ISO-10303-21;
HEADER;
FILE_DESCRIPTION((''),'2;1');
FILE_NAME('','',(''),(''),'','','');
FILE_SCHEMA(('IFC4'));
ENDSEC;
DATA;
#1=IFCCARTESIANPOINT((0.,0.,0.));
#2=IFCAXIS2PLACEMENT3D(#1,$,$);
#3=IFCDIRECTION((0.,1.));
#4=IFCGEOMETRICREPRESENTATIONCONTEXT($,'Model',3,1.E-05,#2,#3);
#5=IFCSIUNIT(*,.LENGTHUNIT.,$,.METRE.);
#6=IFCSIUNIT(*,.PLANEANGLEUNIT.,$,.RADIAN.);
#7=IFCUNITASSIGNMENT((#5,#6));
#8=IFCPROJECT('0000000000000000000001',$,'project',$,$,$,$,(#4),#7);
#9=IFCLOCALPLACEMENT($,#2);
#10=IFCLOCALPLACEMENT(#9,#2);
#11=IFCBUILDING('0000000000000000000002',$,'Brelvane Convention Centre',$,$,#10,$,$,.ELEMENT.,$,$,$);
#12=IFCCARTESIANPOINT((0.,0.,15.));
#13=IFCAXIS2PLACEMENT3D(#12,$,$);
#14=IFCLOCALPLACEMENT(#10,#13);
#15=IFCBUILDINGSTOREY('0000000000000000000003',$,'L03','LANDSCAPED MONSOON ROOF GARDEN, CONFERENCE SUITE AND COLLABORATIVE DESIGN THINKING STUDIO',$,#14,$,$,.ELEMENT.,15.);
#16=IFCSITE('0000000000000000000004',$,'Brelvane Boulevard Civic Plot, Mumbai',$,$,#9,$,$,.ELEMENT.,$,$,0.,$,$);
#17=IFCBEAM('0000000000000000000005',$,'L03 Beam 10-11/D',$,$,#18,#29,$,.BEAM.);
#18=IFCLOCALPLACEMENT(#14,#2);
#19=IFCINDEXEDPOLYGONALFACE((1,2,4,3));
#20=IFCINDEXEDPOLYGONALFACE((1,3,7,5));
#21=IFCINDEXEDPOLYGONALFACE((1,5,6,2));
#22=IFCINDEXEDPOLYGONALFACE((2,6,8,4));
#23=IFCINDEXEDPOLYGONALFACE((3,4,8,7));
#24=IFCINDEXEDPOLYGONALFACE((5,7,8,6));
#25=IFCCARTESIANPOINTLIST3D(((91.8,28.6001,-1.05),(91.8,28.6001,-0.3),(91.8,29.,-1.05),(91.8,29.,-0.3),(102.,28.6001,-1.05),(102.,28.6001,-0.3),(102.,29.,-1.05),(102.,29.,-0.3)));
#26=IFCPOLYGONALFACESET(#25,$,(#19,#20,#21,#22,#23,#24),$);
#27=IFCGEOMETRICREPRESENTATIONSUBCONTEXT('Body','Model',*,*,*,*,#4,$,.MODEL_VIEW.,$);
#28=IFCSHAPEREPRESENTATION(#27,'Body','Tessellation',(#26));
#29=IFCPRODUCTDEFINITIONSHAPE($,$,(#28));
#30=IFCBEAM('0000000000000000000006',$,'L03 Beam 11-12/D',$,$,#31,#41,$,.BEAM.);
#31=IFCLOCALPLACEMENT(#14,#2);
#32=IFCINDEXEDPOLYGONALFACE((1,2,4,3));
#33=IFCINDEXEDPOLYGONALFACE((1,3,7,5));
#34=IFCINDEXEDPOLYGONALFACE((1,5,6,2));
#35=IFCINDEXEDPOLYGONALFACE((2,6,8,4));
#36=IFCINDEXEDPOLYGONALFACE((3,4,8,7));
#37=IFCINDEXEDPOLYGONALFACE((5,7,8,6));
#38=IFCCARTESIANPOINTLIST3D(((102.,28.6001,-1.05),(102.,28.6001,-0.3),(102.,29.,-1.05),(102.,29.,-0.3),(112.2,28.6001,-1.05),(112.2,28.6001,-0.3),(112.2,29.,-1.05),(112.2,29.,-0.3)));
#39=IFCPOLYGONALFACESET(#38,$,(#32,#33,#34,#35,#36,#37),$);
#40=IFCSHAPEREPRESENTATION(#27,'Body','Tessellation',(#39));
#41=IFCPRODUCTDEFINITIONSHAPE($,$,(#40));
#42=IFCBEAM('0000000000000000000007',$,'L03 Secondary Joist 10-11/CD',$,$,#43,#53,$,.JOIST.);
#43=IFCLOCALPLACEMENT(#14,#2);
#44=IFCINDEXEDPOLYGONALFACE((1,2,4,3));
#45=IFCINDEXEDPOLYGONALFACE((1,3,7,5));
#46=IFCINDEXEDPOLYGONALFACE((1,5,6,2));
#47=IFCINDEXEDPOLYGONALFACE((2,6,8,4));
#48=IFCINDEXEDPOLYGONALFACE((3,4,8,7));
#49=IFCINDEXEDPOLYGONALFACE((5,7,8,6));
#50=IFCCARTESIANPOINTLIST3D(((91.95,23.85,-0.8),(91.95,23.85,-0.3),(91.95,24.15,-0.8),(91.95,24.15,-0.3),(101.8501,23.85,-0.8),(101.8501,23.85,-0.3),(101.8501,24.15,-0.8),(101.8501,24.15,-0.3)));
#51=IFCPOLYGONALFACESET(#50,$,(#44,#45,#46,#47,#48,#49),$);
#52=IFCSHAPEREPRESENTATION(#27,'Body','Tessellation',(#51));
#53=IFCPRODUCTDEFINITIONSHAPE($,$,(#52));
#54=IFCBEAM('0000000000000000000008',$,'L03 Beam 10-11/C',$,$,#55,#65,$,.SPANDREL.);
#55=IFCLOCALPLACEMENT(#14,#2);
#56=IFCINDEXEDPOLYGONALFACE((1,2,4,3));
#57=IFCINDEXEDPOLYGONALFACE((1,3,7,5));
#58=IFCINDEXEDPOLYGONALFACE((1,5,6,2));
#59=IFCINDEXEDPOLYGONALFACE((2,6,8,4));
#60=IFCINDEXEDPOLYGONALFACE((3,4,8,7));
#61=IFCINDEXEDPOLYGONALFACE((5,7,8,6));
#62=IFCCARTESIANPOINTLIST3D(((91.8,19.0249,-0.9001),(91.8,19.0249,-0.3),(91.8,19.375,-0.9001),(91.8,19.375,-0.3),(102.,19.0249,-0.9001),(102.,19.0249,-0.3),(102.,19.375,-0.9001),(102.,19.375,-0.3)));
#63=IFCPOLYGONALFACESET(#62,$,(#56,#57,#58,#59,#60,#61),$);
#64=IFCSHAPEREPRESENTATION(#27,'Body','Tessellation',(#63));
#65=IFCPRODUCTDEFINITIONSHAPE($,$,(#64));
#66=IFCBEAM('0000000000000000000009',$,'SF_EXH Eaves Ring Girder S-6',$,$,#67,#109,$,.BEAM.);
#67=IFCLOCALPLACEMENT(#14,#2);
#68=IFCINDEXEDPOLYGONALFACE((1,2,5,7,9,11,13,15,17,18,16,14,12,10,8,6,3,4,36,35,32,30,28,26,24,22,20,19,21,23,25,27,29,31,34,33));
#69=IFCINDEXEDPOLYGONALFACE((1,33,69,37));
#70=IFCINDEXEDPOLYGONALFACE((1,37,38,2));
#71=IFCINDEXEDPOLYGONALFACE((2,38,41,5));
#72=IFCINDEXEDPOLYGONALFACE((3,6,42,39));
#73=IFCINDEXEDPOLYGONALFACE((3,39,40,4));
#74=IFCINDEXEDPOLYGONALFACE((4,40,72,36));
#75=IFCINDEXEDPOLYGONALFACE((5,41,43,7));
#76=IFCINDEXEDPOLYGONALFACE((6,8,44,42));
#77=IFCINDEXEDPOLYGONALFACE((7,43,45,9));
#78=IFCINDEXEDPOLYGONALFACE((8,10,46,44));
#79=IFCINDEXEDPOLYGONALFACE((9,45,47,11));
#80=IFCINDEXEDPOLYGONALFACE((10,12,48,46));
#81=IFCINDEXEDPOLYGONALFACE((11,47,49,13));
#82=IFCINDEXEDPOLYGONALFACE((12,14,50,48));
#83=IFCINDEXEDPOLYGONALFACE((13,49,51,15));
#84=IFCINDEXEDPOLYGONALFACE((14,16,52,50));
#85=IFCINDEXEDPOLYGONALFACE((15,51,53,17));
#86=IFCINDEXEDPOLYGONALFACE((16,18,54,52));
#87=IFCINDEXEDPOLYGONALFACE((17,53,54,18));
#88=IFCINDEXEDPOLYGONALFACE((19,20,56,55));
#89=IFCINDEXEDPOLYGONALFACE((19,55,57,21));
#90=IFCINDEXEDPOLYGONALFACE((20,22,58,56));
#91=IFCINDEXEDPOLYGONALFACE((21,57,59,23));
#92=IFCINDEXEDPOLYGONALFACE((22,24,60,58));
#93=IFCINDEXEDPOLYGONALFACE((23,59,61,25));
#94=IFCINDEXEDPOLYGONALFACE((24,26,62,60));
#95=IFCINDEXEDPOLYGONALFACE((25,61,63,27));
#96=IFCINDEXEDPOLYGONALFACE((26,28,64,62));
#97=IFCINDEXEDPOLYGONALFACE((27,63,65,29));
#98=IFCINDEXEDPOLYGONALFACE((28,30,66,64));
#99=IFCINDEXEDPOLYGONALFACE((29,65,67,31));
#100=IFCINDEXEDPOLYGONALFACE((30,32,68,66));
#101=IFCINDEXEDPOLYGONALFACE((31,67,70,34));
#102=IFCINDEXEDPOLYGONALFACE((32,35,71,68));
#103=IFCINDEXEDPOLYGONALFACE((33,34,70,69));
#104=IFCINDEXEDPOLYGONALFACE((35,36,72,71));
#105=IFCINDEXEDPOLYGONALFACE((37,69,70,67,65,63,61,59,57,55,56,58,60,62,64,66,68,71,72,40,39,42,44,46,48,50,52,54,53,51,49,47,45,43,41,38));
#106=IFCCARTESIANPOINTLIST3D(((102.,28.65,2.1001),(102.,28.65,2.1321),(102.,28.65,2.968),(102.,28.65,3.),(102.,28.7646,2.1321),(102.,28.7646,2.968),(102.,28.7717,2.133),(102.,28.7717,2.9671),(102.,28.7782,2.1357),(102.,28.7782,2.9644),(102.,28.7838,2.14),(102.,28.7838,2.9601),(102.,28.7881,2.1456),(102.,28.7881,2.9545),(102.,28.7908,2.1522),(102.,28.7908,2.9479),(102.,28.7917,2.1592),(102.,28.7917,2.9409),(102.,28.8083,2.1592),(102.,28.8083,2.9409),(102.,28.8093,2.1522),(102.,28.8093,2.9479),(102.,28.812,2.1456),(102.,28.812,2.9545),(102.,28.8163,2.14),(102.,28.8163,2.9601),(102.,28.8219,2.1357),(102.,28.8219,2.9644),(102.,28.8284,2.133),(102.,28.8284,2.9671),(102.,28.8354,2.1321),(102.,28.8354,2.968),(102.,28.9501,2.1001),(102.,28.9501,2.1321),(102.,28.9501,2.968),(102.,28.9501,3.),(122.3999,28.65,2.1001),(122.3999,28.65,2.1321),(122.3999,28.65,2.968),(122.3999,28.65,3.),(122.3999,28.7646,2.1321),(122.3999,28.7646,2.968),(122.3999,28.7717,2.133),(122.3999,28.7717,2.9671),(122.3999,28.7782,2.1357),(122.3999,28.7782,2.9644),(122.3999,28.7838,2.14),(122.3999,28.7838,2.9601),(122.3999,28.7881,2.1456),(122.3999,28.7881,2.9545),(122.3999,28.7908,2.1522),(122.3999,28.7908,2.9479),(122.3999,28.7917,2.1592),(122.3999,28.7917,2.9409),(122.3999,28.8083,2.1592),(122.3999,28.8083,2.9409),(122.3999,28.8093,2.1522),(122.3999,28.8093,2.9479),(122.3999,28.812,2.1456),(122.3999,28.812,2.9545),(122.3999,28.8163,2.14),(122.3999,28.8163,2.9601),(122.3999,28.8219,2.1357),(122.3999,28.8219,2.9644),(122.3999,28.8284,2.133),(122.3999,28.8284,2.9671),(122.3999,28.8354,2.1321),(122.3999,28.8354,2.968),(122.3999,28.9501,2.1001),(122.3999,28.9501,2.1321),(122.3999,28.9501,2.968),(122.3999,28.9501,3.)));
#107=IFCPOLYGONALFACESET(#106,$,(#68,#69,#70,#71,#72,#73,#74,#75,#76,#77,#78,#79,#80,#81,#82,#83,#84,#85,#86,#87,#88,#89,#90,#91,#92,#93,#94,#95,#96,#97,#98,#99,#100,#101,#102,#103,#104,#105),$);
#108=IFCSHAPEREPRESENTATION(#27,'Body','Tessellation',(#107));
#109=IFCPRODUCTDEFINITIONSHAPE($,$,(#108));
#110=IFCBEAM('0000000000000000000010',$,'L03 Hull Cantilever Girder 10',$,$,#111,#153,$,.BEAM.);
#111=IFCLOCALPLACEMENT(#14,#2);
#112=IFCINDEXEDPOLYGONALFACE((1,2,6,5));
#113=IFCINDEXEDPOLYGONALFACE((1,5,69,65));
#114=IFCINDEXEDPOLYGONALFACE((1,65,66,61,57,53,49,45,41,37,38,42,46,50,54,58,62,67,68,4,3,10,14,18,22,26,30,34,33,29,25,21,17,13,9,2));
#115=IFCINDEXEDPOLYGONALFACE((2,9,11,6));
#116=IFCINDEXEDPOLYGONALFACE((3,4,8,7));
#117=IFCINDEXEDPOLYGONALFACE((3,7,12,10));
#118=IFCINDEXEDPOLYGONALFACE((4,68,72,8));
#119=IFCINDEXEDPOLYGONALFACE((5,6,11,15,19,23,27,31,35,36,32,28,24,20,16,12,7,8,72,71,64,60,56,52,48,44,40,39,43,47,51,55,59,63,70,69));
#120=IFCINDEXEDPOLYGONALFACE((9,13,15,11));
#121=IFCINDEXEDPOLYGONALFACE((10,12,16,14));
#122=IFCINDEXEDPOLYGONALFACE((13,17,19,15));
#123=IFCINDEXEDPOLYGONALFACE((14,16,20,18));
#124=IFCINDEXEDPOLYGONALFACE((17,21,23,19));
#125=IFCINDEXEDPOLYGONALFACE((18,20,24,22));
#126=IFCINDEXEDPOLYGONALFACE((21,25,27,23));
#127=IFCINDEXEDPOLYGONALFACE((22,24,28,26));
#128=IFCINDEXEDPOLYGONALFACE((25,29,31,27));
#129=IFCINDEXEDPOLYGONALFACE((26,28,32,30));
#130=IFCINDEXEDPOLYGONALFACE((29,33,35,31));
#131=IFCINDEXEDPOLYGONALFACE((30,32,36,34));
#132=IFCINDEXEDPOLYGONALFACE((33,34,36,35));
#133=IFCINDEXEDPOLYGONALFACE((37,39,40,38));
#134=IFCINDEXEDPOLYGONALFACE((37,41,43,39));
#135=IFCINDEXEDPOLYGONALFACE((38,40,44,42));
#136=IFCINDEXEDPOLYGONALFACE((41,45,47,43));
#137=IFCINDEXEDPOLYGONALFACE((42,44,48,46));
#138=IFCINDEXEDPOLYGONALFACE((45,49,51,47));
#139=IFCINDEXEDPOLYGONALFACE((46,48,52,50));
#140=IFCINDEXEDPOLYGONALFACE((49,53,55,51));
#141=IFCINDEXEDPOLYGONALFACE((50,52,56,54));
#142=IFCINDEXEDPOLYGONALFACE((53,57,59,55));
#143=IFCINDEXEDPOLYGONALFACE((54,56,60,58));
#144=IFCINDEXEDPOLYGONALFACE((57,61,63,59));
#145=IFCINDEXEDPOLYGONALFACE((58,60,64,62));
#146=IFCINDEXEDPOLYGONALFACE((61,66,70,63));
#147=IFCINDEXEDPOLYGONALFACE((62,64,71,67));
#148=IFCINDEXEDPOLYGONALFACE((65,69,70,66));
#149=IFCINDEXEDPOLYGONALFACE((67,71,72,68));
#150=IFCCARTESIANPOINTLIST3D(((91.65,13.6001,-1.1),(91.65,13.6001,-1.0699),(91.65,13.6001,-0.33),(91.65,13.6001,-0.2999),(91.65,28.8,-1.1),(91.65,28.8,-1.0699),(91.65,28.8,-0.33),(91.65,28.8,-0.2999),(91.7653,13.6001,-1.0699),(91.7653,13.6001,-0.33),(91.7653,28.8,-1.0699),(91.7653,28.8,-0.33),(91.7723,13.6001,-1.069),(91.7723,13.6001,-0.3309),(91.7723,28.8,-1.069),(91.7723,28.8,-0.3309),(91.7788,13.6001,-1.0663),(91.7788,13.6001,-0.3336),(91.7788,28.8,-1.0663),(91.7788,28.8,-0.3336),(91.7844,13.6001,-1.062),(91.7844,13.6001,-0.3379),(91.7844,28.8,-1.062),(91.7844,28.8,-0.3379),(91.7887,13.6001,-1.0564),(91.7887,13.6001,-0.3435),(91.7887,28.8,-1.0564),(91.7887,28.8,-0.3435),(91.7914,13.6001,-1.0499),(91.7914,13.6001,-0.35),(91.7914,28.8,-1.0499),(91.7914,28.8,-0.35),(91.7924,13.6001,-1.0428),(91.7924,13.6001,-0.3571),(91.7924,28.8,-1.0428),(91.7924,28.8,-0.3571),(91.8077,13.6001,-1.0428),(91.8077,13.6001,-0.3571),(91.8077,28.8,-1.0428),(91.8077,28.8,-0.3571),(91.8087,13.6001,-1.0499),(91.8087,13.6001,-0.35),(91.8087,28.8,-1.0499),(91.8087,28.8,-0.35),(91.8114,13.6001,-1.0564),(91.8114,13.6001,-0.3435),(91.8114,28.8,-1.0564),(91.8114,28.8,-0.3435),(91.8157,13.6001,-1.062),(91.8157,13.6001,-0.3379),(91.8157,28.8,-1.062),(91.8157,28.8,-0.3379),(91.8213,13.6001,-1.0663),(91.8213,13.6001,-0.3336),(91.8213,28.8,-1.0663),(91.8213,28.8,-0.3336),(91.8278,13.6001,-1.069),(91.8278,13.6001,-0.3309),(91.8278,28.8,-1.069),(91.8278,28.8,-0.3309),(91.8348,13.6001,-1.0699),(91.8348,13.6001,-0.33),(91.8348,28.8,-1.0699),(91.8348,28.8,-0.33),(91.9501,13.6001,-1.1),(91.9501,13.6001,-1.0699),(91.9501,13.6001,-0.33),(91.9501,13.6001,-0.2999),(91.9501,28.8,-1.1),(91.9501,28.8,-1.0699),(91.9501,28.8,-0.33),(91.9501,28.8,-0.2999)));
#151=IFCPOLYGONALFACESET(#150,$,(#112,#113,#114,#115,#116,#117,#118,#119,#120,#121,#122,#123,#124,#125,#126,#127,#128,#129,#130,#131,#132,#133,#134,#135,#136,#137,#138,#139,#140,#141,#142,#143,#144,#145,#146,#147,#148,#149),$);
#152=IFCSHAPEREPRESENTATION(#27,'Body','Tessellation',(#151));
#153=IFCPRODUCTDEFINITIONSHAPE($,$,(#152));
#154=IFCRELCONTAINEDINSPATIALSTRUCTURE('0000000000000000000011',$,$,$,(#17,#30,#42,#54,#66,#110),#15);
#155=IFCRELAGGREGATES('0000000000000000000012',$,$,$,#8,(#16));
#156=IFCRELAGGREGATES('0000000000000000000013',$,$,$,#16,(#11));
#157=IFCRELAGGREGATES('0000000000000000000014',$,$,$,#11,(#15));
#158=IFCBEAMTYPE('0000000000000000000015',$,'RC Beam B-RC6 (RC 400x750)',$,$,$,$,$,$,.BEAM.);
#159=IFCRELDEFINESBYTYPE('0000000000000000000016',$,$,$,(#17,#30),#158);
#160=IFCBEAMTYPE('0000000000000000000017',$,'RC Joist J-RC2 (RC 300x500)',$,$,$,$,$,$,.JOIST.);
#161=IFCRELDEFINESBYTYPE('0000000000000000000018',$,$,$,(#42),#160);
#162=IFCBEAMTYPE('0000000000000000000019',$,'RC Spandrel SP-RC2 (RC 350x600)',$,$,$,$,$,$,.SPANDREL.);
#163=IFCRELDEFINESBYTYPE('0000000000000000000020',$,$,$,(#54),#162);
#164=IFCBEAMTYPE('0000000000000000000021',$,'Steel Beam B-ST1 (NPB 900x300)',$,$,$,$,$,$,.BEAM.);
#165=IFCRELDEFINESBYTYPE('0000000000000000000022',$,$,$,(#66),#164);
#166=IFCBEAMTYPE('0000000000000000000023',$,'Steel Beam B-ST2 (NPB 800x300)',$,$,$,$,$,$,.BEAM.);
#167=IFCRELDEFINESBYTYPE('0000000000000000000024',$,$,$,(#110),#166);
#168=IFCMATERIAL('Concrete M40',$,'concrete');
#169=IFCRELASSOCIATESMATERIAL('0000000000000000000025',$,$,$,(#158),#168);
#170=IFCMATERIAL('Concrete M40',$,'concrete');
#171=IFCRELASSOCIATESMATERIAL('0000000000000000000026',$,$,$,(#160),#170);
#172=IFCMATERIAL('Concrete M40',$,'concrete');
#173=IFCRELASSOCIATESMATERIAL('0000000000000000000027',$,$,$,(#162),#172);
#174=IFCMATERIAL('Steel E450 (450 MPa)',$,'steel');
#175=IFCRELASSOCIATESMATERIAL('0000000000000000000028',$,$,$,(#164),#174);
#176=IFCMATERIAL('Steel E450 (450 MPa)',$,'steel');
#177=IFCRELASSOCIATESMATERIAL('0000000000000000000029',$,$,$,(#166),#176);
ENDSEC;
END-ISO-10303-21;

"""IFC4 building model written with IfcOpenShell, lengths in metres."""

from ifc_helpers import new_model, si_unit, direction, frame, origin, origin_2d, place, context, subcontext, project, spatial, rectangle, i_section, extrude, material, material_profile, profile_set, type_object, element, save


model = new_model("IFC4")

# Units and contexts
model_context = context("Model", 3, precision=1e-05, world=origin(), true_north=direction((0.0, 1.0)))
body_context = subcontext(model_context, "Body", "Model", "MODEL_VIEW")
ifc_project = project(units=[si_unit("LENGTHUNIT", "METRE"), si_unit("PLANEANGLEUNIT", "RADIAN")], contexts=[model_context])

# Site, building, storey
site_placement = place(None, origin())
site = spatial("IfcSite", under=ifc_project, at=site_placement, Name="Brelvane Boulevard Civic Plot, Mumbai", CompositionType="ELEMENT", RefElevation=0.0)
building_placement = place(site_placement, origin())
building = spatial("IfcBuilding", under=site, at=building_placement, Name="Brelvane Convention Centre", CompositionType="ELEMENT")
storey_placement = place(building_placement, frame((0.0, 0.0, 15.0)))
storey = spatial("IfcBuildingStorey", under=building, at=storey_placement, Name="L03", Description="LANDSCAPED MONSOON ROOF GARDEN, CONFERENCE SUITE AND COLLABORATIVE DESIGN THINKING STUDIO", CompositionType="ELEMENT", Elevation=15.0)

# Beams
ifc_material_1 = material(Name="Concrete M40", Category="concrete")
ifc_material_profile_1 = material_profile(ifc_material_1, rectangle(XDim=0.3999, YDim=0.75, at=origin_2d()), Name="RC 400x750")
ifc_profile_set_1 = profile_set([ifc_material_profile_1], Name="Concrete M40")
beam_type_1 = type_object("IfcBeamType", Name="RC Beam B-RC6 (RC 400x750)", PredefinedType="BEAM", material=ifc_profile_set_1)
for number, where, z_axis, x_axis, name in (
    (1, (91.8, 28.8, -0.675), (1.0, 0.0, 0.0), (0.0, 1.0, 0.0), "L03 Beam 10-11/D"),
    (2, (102.0, 28.8, -0.675), (1.0, 0.0, 0.0), (0.0, 1.0, 0.0), "L03 Beam 11-12/D"),
):
    element("IfcBeam", number, at=place(storey_placement, frame(where, z_axis=z_axis, x_axis=x_axis)), inside=storey, type_object=beam_type_1, Name=name, PredefinedType="BEAM", context=body_context, shape_type="SweptSolid", body=[
        extrude(rectangle(XDim=0.3999, YDim=0.75, at=origin_2d()), origin(), (0.0, 0.0, 1.0), 10.2),
    ])
ifc_material_2 = material(Name="Concrete M40", Category="concrete")
ifc_material_profile_2 = material_profile(ifc_material_2, rectangle(XDim=0.3, YDim=0.5, at=origin_2d()), Name="RC 300x500")
ifc_profile_set_2 = profile_set([ifc_material_profile_2], Name="Concrete M40")
beam_type_2 = type_object("IfcBeamType", Name="RC Joist J-RC2 (RC 300x500)", PredefinedType="JOIST", material=ifc_profile_set_2)
beam_1_placement = place(storey_placement, frame((91.95, 24.0, -0.55), z_axis=(1.0, 0.0, 0.0), x_axis=(0.0, 1.0, 0.0)))
element("IfcBeam", 3, at=beam_1_placement, inside=storey, type_object=beam_type_2, Name="L03 Secondary Joist 10-11/CD", PredefinedType="JOIST", context=body_context, shape_type="SweptSolid", body=[
    extrude(rectangle(XDim=0.3, YDim=0.5, at=origin_2d()), origin(), (0.0, 0.0, 1.0), 9.9001),
])
ifc_material_3 = material(Name="Concrete M40", Category="concrete")
ifc_material_profile_3 = material_profile(ifc_material_3, rectangle(XDim=0.3501, YDim=0.6001, at=origin_2d()), Name="RC 350x600")
ifc_profile_set_3 = profile_set([ifc_material_profile_3], Name="Concrete M40")
beam_type_3 = type_object("IfcBeamType", Name="RC Spandrel SP-RC2 (RC 350x600)", PredefinedType="SPANDREL", material=ifc_profile_set_3)
beam_2_placement = place(storey_placement, frame((91.8, 19.2, -0.6001), z_axis=(1.0, 0.0, 0.0), x_axis=(0.0, 1.0, 0.0)))
element("IfcBeam", 4, at=beam_2_placement, inside=storey, type_object=beam_type_3, Name="L03 Beam 10-11/C", PredefinedType="SPANDREL", context=body_context, shape_type="SweptSolid", body=[
    extrude(rectangle(XDim=0.3501, YDim=0.6001, at=origin_2d()), origin(), (0.0, 0.0, 1.0), 10.2),
])
ifc_material_4 = material(Name="Steel E450 (450 MPa)", Category="steel")
ifc_material_profile_4 = material_profile(ifc_material_4, i_section(OverallWidth=0.3, OverallDepth=0.8999, WebThickness=0.0166, FlangeThickness=0.032, FilletRadius=0.0271, at=origin_2d()), Name="NPB 900x300")
ifc_profile_set_4 = profile_set([ifc_material_profile_4], Name="Steel E450 (450 MPa)")
beam_type_4 = type_object("IfcBeamType", Name="Steel Beam B-ST1 (NPB 900x300)", PredefinedType="BEAM", material=ifc_profile_set_4)
beam_3_placement = place(storey_placement, frame((102.0, 28.8, 2.55), z_axis=(1.0, 0.0, 0.0), x_axis=(0.0, 1.0, 0.0)))
element("IfcBeam", 5, at=beam_3_placement, inside=storey, type_object=beam_type_4, Name="SF_EXH Eaves Ring Girder S-6", PredefinedType="BEAM", context=body_context, shape_type="SweptSolid", body=[
    extrude(i_section(OverallWidth=0.3, OverallDepth=0.8999, WebThickness=0.0166, FlangeThickness=0.032, FilletRadius=0.0271, at=origin_2d()), origin(), (0.0, 0.0, 1.0), 20.3999),
])
ifc_material_5 = material(Name="Steel E450 (450 MPa)", Category="steel")
ifc_material_profile_5 = material_profile(ifc_material_5, i_section(OverallWidth=0.3, OverallDepth=0.8, WebThickness=0.0154, FlangeThickness=0.03, FilletRadius=0.0271, at=origin_2d()), Name="NPB 800x300")
ifc_profile_set_5 = profile_set([ifc_material_profile_5], Name="Steel E450 (450 MPa)")
beam_type_5 = type_object("IfcBeamType", Name="Steel Beam B-ST2 (NPB 800x300)", PredefinedType="BEAM", material=ifc_profile_set_5)
for number, where, z_axis, x_axis, name in (
    (6, (91.8, 13.6001, -0.7), (0.0, 1.0, 0.0), (-1.0, 0.0, 0.0), "L03 Hull Cantilever Girder 10"),
):
    element("IfcBeam", number, at=place(storey_placement, frame(where, z_axis=z_axis, x_axis=x_axis)), inside=storey, type_object=beam_type_5, Name=name, PredefinedType="BEAM", context=body_context, shape_type="SweptSolid", body=[
        extrude(i_section(OverallWidth=0.3, OverallDepth=0.8, WebThickness=0.0154, FlangeThickness=0.03, FilletRadius=0.0271, at=origin_2d()), origin(), (0.0, 0.0, 1.0), 15.2),
    ])

save(model, "model.ifc")
